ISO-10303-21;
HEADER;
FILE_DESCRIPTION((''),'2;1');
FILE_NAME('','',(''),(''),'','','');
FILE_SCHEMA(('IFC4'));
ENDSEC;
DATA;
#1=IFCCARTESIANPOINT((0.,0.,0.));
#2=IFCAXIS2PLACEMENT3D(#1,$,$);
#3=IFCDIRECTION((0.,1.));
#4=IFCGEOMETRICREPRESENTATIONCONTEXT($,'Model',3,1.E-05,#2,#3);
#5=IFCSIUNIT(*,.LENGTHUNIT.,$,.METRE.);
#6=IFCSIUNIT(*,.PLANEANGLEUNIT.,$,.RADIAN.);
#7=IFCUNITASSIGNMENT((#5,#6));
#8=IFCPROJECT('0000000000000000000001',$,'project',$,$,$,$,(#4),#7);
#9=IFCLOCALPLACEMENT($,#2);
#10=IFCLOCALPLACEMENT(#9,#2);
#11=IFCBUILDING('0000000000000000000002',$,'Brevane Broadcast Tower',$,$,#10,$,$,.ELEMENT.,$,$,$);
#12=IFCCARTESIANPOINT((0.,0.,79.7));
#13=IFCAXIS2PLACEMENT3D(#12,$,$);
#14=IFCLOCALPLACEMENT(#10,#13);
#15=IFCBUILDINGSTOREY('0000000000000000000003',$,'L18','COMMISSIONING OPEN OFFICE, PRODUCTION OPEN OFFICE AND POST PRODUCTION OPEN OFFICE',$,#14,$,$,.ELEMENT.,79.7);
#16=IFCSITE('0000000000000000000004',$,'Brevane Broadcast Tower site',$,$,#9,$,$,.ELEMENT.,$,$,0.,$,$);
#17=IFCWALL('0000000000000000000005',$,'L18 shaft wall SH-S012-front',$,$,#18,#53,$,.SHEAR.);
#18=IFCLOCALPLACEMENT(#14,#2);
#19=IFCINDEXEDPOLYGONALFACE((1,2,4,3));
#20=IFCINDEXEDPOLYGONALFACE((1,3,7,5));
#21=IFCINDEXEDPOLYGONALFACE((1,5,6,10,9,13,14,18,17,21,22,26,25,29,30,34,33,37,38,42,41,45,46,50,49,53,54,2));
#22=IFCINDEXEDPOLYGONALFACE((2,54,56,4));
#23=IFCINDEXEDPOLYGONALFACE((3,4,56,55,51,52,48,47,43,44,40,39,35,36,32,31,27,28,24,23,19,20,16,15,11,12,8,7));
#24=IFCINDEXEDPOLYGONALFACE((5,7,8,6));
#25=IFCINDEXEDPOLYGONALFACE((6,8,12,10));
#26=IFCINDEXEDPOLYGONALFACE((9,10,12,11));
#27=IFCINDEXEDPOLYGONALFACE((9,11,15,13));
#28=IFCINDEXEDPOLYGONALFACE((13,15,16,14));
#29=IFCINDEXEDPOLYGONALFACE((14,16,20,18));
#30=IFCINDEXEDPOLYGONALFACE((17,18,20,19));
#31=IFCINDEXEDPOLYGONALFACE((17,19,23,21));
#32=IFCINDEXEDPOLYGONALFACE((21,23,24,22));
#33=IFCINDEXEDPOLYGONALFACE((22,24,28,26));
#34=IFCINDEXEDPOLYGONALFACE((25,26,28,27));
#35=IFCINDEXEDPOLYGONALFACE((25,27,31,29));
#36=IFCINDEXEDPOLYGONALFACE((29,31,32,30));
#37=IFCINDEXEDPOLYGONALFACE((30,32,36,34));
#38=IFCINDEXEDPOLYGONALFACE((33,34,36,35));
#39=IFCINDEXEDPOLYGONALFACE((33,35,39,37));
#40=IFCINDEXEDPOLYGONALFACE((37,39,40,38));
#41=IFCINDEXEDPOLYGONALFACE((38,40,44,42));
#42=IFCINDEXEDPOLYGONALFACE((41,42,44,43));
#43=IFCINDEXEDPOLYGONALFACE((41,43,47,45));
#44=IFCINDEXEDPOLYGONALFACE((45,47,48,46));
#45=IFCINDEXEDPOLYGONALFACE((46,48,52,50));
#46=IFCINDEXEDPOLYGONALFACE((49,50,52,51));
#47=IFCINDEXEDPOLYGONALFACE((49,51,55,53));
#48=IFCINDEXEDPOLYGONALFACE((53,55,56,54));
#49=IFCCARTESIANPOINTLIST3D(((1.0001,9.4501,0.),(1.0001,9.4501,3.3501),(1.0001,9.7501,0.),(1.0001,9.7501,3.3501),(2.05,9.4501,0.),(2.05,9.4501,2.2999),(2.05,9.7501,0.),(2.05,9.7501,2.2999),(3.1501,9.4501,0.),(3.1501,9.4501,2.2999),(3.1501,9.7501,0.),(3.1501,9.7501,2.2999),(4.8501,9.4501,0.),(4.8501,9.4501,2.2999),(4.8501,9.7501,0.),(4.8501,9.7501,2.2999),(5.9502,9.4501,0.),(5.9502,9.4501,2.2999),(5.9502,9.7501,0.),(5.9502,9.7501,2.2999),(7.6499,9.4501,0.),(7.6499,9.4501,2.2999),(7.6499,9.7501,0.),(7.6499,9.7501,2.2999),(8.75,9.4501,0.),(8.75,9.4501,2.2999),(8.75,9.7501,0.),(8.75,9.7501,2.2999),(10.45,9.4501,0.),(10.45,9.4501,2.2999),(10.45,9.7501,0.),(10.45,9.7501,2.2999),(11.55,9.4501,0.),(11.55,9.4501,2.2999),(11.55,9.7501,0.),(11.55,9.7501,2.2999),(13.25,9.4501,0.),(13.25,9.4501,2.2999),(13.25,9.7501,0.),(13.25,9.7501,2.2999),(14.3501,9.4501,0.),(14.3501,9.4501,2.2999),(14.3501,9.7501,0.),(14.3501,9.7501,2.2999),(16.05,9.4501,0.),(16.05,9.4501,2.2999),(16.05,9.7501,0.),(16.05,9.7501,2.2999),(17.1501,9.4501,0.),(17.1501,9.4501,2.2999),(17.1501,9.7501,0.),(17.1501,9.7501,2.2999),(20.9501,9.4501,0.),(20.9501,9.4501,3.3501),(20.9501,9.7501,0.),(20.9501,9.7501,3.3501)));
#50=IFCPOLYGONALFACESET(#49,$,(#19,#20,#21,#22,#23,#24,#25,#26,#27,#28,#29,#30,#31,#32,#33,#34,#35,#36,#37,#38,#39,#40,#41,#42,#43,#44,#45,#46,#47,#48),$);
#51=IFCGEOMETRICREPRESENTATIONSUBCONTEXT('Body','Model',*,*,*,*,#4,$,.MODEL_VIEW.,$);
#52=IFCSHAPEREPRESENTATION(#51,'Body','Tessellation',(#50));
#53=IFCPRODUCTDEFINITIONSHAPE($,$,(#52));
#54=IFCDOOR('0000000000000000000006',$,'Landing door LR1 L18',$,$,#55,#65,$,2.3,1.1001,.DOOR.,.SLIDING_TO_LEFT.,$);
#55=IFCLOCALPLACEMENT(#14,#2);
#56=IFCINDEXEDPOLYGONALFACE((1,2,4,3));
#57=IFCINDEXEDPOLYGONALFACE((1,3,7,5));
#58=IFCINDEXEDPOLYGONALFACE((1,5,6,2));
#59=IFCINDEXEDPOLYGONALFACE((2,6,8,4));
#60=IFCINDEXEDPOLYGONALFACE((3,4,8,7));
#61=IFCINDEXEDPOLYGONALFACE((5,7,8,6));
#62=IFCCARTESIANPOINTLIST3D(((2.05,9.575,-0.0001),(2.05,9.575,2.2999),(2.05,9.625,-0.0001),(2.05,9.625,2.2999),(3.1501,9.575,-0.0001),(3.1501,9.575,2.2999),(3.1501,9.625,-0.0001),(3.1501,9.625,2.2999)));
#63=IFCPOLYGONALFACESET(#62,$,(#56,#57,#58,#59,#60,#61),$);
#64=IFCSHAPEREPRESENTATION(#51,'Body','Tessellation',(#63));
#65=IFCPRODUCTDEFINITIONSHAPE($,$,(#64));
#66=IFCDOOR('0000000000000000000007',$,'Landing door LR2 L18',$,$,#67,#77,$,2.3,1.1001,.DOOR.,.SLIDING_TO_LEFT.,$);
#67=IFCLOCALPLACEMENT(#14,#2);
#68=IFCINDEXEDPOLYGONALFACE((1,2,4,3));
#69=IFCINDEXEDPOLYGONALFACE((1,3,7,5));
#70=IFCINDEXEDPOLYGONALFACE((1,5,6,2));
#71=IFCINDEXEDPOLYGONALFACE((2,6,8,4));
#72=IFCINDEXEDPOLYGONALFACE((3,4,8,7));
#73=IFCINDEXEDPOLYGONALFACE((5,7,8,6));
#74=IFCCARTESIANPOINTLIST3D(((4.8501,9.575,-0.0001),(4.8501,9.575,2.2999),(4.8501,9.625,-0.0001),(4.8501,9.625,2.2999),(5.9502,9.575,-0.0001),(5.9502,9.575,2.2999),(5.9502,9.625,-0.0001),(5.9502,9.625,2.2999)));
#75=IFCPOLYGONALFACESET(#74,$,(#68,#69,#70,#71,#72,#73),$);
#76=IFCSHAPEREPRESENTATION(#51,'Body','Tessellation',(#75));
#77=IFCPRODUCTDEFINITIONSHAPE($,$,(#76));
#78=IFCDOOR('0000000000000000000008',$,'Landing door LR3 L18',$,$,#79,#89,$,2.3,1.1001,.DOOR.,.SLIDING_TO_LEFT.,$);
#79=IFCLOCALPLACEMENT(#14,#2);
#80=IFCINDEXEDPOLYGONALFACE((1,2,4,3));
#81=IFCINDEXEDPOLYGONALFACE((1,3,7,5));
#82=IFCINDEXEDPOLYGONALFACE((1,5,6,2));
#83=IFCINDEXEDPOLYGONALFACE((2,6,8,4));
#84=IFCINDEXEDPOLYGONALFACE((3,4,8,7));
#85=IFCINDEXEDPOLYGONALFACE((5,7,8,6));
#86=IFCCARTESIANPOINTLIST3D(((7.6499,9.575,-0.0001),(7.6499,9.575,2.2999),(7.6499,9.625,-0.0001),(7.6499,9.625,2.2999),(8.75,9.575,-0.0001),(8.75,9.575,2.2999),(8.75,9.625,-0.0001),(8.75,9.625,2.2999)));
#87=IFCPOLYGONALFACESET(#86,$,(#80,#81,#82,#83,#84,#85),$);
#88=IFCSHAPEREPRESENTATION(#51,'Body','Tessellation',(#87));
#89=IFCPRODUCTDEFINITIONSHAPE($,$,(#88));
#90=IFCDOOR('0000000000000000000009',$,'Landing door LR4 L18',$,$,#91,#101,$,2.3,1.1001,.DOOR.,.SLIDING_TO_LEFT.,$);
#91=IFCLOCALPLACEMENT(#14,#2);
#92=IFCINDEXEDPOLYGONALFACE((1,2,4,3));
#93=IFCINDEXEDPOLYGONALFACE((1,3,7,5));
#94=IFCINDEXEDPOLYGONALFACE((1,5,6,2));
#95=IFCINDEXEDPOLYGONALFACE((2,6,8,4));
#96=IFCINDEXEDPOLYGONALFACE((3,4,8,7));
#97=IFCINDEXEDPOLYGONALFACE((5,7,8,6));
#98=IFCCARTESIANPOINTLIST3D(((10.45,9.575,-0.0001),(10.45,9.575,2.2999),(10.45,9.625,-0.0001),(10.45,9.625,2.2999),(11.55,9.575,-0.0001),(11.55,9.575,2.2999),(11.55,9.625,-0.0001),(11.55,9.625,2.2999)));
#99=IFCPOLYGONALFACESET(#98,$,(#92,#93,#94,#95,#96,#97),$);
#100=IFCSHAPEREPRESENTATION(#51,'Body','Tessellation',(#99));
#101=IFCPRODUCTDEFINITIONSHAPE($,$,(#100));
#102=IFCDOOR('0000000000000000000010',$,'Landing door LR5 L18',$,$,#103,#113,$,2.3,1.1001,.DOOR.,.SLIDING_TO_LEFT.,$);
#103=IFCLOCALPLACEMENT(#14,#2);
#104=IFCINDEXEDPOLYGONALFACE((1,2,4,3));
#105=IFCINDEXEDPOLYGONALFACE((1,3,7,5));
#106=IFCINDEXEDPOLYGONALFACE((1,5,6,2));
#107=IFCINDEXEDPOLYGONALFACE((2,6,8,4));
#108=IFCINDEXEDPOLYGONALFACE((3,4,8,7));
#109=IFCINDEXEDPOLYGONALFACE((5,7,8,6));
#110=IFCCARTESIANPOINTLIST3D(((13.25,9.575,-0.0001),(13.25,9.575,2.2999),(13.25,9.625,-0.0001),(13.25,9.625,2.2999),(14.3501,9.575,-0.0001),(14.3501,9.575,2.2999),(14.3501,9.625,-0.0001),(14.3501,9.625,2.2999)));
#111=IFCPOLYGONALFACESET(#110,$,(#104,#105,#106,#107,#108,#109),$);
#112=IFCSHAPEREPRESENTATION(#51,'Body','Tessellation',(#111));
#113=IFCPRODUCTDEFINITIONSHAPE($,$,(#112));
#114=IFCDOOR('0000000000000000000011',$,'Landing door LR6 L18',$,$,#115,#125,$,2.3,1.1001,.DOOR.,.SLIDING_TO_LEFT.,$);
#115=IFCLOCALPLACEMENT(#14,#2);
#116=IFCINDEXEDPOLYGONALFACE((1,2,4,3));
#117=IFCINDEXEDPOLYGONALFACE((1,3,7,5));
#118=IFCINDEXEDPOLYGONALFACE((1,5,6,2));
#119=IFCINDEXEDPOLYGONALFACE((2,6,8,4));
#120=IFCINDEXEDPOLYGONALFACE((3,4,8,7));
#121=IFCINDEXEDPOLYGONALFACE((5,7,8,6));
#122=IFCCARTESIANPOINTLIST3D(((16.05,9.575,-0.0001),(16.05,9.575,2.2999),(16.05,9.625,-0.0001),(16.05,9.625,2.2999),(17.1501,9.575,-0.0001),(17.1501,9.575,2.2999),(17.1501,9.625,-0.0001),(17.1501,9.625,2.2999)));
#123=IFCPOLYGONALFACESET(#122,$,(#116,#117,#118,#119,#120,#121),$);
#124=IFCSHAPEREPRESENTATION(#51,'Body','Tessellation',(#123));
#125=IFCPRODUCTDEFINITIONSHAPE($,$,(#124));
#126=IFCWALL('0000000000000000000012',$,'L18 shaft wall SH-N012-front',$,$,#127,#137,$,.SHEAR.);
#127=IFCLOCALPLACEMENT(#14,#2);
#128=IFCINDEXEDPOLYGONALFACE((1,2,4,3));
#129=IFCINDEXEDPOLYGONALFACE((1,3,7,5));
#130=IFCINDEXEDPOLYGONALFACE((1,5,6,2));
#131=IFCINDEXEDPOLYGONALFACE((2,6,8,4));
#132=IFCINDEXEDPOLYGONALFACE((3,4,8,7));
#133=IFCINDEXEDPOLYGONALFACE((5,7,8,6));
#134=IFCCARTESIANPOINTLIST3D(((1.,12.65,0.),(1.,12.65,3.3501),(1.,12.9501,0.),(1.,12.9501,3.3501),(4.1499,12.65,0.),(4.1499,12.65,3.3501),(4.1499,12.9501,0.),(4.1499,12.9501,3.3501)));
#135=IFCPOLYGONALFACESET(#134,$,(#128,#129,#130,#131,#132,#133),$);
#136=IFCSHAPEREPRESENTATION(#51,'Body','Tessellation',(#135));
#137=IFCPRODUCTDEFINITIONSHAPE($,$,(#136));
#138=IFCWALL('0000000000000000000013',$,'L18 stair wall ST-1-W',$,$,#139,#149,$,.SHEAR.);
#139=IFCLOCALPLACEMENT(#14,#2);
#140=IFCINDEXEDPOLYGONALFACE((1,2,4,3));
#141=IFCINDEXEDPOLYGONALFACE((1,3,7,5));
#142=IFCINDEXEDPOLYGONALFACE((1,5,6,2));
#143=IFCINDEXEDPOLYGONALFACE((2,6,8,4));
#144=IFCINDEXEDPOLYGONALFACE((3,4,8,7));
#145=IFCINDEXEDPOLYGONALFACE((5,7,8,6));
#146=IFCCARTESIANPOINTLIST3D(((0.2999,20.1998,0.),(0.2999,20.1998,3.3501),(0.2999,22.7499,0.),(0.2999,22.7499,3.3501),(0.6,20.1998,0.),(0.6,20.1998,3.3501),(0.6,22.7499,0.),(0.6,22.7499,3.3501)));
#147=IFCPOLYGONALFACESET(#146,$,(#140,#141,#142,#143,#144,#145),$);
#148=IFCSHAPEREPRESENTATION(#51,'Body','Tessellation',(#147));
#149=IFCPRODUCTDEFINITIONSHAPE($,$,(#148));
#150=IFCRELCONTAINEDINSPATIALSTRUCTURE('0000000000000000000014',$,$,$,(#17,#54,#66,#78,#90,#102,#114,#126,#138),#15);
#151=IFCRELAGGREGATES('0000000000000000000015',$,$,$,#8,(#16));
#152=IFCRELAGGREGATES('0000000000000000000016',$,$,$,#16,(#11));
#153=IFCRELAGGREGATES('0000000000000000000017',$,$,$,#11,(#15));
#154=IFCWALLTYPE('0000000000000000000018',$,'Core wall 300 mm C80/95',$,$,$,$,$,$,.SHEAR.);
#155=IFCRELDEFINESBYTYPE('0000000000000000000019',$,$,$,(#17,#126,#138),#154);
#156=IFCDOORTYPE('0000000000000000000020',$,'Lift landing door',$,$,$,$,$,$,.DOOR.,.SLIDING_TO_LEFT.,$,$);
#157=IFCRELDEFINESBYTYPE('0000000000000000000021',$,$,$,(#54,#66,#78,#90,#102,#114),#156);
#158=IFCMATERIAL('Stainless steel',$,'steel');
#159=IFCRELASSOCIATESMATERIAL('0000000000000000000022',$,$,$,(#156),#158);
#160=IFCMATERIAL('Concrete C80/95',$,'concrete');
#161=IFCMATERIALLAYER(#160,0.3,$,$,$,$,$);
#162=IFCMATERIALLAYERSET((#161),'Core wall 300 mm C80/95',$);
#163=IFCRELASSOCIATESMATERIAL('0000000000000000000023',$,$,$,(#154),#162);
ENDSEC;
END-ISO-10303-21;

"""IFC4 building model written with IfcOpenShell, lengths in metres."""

from ifc_helpers import new_model, si_unit, direction, frame, frame_2d, origin, place, context, subcontext, project, spatial, rectangle, extrude, material, layer, layer_set, type_object, element, fill, save


model = new_model("IFC4")

# Units and contexts
model_context = context("Model", 3, precision=1e-05, world=origin(), true_north=direction((0.0, 1.0)))
body_context = subcontext(model_context, "Body", "Model", "MODEL_VIEW")
ifc_project = project(units=[si_unit("LENGTHUNIT", "METRE"), si_unit("PLANEANGLEUNIT", "RADIAN")], contexts=[model_context])

# Site, building, storey
site_placement = place(None, origin())
site = spatial("IfcSite", under=ifc_project, at=site_placement, Name="Brevane Broadcast Tower site", CompositionType="ELEMENT", RefElevation=0.0)
building_placement = place(site_placement, origin())
building = spatial("IfcBuilding", under=site, at=building_placement, Name="Brevane Broadcast Tower", CompositionType="ELEMENT")
storey_placement = place(building_placement, frame((0.0, 0.0, 79.7)))
storey = spatial("IfcBuildingStorey", under=building, at=storey_placement, Name="L18", Description="COMMISSIONING OPEN OFFICE, PRODUCTION OPEN OFFICE AND POST PRODUCTION OPEN OFFICE", CompositionType="ELEMENT", Elevation=79.7)

# Shared definitions
ifc_material_1 = material(Name="Concrete C80/95", Category="concrete")
ifc_material_2 = material(Name="Stainless steel", Category="steel")
door_type = type_object("IfcDoorType", Name="Lift landing door", OperationType="SLIDING_TO_LEFT", PredefinedType="DOOR", material=ifc_material_2)

# Wall, openings, doors
ifc_layer_1 = layer(ifc_material_1, 0.3)
ifc_layer_set_1 = layer_set([ifc_layer_1], Name="Core wall 300 mm C80/95")
wall_type_1 = type_object("IfcWallType", Name="Core wall 300 mm C80/95", PredefinedType="SHEAR", material=ifc_layer_set_1)
wall_1_placement = place(storey_placement, frame((1.0, 9.6001, 0.0), z_axis=(0.0, 0.0, 1.0), x_axis=(1.0, 0.0, 0.0)))
wall_1 = element("IfcWall", 1, at=wall_1_placement, inside=storey, type_object=wall_type_1, Name="L18 shaft wall SH-S012-front", PredefinedType="SHEAR", context=body_context, shape_type="SweptSolid", body=[
    extrude(rectangle(XDim=19.95, YDim=0.3, at=frame_2d((9.9751, 0.0))), origin(), (0.0, 0.0, 1.0), 3.3501),
])
opening_1_placement = place(wall_1_placement, frame((1.05, 0.0, 0.0)))
opening_1 = element("IfcOpeningElement", 2, at=opening_1_placement, cuts=wall_1, PredefinedType="OPENING", context=body_context, shape_type="SweptSolid", body=[
    extrude(rectangle(XDim=1.1001, YDim=2.3, at=frame_2d((0.55, 1.1499))), frame((0.0, 0.1599, 0.0), z_axis=(0.0, -1.0, 0.0), x_axis=(1.0, 0.0, 0.0)), (0.0, 0.0, 1.0), 0.3201),
])
opening_2_placement = place(wall_1_placement, frame((3.8501, 0.0, 0.0)))
opening_2 = element("IfcOpeningElement", 3, at=opening_2_placement, cuts=wall_1, PredefinedType="OPENING", context=body_context, shape_type="SweptSolid", body=[
    extrude(rectangle(XDim=1.1001, YDim=2.3, at=frame_2d((0.55, 1.1499))), frame((0.0, 0.1599, 0.0), z_axis=(0.0, -1.0, 0.0), x_axis=(1.0, 0.0, 0.0)), (0.0, 0.0, 1.0), 0.3201),
])
opening_3_placement = place(wall_1_placement, frame((6.6499, 0.0, 0.0)))
opening_3 = element("IfcOpeningElement", 4, at=opening_3_placement, cuts=wall_1, PredefinedType="OPENING", context=body_context, shape_type="SweptSolid", body=[
    extrude(rectangle(XDim=1.1001, YDim=2.3, at=frame_2d((0.55, 1.1499))), frame((0.0, 0.1599, 0.0), z_axis=(0.0, -1.0, 0.0), x_axis=(1.0, 0.0, 0.0)), (0.0, 0.0, 1.0), 0.3201),
])
opening_4_placement = place(wall_1_placement, frame((9.45, 0.0, 0.0)))
opening_4 = element("IfcOpeningElement", 5, at=opening_4_placement, cuts=wall_1, PredefinedType="OPENING", context=body_context, shape_type="SweptSolid", body=[
    extrude(rectangle(XDim=1.1001, YDim=2.3, at=frame_2d((0.55, 1.1499))), frame((0.0, 0.1599, 0.0), z_axis=(0.0, -1.0, 0.0), x_axis=(1.0, 0.0, 0.0)), (0.0, 0.0, 1.0), 0.3201),
])
opening_5_placement = place(wall_1_placement, frame((12.25, 0.0, 0.0)))
opening_5 = element("IfcOpeningElement", 6, at=opening_5_placement, cuts=wall_1, PredefinedType="OPENING", context=body_context, shape_type="SweptSolid", body=[
    extrude(rectangle(XDim=1.1001, YDim=2.3, at=frame_2d((0.55, 1.1499))), frame((0.0, 0.1599, 0.0), z_axis=(0.0, -1.0, 0.0), x_axis=(1.0, 0.0, 0.0)), (0.0, 0.0, 1.0), 0.3201),
])
opening_6_placement = place(wall_1_placement, frame((15.05, 0.0, 0.0)))
opening_6 = element("IfcOpeningElement", 7, at=opening_6_placement, cuts=wall_1, PredefinedType="OPENING", context=body_context, shape_type="SweptSolid", body=[
    extrude(rectangle(XDim=1.1001, YDim=2.3, at=frame_2d((0.55, 1.1499))), frame((0.0, 0.1599, 0.0), z_axis=(0.0, -1.0, 0.0), x_axis=(1.0, 0.0, 0.0)), (0.0, 0.0, 1.0), 0.3201),
])
door_1_placement = place(opening_1_placement, origin())
door_1 = element("IfcDoor", 8, at=door_1_placement, inside=storey, type_object=door_type, Name="Landing door LR1 L18", OperationType="SLIDING_TO_LEFT", OverallHeight=2.3, OverallWidth=1.1001, PredefinedType="DOOR", context=body_context, shape_type="SweptSolid", body=[
    extrude(rectangle(XDim=1.1001, YDim=2.3, at=frame_2d((0.55, 1.1499))), frame((0.0, 0.0249, 0.0), z_axis=(0.0, -1.0, 0.0), x_axis=(1.0, 0.0, 0.0)), (0.0, 0.0, 1.0), 0.05),
])
fill(opening_1, door_1)
door_2_placement = place(opening_2_placement, origin())
door_2 = element("IfcDoor", 9, at=door_2_placement, inside=storey, type_object=door_type, Name="Landing door LR2 L18", OperationType="SLIDING_TO_LEFT", OverallHeight=2.3, OverallWidth=1.1001, PredefinedType="DOOR", context=body_context, shape_type="SweptSolid", body=[
    extrude(rectangle(XDim=1.1001, YDim=2.3, at=frame_2d((0.55, 1.1499))), frame((0.0, 0.0249, 0.0), z_axis=(0.0, -1.0, 0.0), x_axis=(1.0, 0.0, 0.0)), (0.0, 0.0, 1.0), 0.05),
])
fill(opening_2, door_2)
door_3_placement = place(opening_3_placement, origin())
door_3 = element("IfcDoor", 10, at=door_3_placement, inside=storey, type_object=door_type, Name="Landing door LR3 L18", OperationType="SLIDING_TO_LEFT", OverallHeight=2.3, OverallWidth=1.1001, PredefinedType="DOOR", context=body_context, shape_type="SweptSolid", body=[
    extrude(rectangle(XDim=1.1001, YDim=2.3, at=frame_2d((0.55, 1.1499))), frame((0.0, 0.0249, 0.0), z_axis=(0.0, -1.0, 0.0), x_axis=(1.0, 0.0, 0.0)), (0.0, 0.0, 1.0), 0.05),
])
fill(opening_3, door_3)
door_4_placement = place(opening_4_placement, origin())
door_4 = element("IfcDoor", 11, at=door_4_placement, inside=storey, type_object=door_type, Name="Landing door LR4 L18", OperationType="SLIDING_TO_LEFT", OverallHeight=2.3, OverallWidth=1.1001, PredefinedType="DOOR", context=body_context, shape_type="SweptSolid", body=[
    extrude(rectangle(XDim=1.1001, YDim=2.3, at=frame_2d((0.55, 1.1499))), frame((0.0, 0.0249, 0.0), z_axis=(0.0, -1.0, 0.0), x_axis=(1.0, 0.0, 0.0)), (0.0, 0.0, 1.0), 0.05),
])
fill(opening_4, door_4)
door_5_placement = place(opening_5_placement, origin())
door_5 = element("IfcDoor", 12, at=door_5_placement, inside=storey, type_object=door_type, Name="Landing door LR5 L18", OperationType="SLIDING_TO_LEFT", OverallHeight=2.3, OverallWidth=1.1001, PredefinedType="DOOR", context=body_context, shape_type="SweptSolid", body=[
    extrude(rectangle(XDim=1.1001, YDim=2.3, at=frame_2d((0.55, 1.1499))), frame((0.0, 0.0249, 0.0), z_axis=(0.0, -1.0, 0.0), x_axis=(1.0, 0.0, 0.0)), (0.0, 0.0, 1.0), 0.05),
])
fill(opening_5, door_5)
door_6_placement = place(opening_6_placement, origin())
door_6 = element("IfcDoor", 13, at=door_6_placement, inside=storey, type_object=door_type, Name="Landing door LR6 L18", OperationType="SLIDING_TO_LEFT", OverallHeight=2.3, OverallWidth=1.1001, PredefinedType="DOOR", context=body_context, shape_type="SweptSolid", body=[
    extrude(rectangle(XDim=1.1001, YDim=2.3, at=frame_2d((0.55, 1.1499))), frame((0.0, 0.0249, 0.0), z_axis=(0.0, -1.0, 0.0), x_axis=(1.0, 0.0, 0.0)), (0.0, 0.0, 1.0), 0.05),
])
fill(opening_6, door_6)

# Walls
wall_2_placement = place(storey_placement, frame((1.0, 12.8, 0.0), z_axis=(0.0, 0.0, 1.0), x_axis=(1.0, 0.0, 0.0)))
element("IfcWall", 14, at=wall_2_placement, inside=storey, type_object=wall_type_1, Name="L18 shaft wall SH-N012-front", PredefinedType="SHEAR", context=body_context, shape_type="SweptSolid", body=[
    extrude(rectangle(XDim=3.1499, YDim=0.3, at=frame_2d((1.575, 0.0))), origin(), (0.0, 0.0, 1.0), 3.3501),
])
wall_3_placement = place(storey_placement, frame((0.45, 20.2, 0.0), z_axis=(0.0, 0.0, 1.0), x_axis=(0.0, 1.0, 0.0)))
element("IfcWall", 15, at=wall_3_placement, inside=storey, type_object=wall_type_1, Name="L18 stair wall ST-1-W", PredefinedType="SHEAR", context=body_context, shape_type="SweptSolid", body=[
    extrude(rectangle(XDim=2.55, YDim=0.3, at=frame_2d((1.2749, 0.0))), origin(), (0.0, 0.0, 1.0), 3.3501),
])

save(model, "model.ifc")
